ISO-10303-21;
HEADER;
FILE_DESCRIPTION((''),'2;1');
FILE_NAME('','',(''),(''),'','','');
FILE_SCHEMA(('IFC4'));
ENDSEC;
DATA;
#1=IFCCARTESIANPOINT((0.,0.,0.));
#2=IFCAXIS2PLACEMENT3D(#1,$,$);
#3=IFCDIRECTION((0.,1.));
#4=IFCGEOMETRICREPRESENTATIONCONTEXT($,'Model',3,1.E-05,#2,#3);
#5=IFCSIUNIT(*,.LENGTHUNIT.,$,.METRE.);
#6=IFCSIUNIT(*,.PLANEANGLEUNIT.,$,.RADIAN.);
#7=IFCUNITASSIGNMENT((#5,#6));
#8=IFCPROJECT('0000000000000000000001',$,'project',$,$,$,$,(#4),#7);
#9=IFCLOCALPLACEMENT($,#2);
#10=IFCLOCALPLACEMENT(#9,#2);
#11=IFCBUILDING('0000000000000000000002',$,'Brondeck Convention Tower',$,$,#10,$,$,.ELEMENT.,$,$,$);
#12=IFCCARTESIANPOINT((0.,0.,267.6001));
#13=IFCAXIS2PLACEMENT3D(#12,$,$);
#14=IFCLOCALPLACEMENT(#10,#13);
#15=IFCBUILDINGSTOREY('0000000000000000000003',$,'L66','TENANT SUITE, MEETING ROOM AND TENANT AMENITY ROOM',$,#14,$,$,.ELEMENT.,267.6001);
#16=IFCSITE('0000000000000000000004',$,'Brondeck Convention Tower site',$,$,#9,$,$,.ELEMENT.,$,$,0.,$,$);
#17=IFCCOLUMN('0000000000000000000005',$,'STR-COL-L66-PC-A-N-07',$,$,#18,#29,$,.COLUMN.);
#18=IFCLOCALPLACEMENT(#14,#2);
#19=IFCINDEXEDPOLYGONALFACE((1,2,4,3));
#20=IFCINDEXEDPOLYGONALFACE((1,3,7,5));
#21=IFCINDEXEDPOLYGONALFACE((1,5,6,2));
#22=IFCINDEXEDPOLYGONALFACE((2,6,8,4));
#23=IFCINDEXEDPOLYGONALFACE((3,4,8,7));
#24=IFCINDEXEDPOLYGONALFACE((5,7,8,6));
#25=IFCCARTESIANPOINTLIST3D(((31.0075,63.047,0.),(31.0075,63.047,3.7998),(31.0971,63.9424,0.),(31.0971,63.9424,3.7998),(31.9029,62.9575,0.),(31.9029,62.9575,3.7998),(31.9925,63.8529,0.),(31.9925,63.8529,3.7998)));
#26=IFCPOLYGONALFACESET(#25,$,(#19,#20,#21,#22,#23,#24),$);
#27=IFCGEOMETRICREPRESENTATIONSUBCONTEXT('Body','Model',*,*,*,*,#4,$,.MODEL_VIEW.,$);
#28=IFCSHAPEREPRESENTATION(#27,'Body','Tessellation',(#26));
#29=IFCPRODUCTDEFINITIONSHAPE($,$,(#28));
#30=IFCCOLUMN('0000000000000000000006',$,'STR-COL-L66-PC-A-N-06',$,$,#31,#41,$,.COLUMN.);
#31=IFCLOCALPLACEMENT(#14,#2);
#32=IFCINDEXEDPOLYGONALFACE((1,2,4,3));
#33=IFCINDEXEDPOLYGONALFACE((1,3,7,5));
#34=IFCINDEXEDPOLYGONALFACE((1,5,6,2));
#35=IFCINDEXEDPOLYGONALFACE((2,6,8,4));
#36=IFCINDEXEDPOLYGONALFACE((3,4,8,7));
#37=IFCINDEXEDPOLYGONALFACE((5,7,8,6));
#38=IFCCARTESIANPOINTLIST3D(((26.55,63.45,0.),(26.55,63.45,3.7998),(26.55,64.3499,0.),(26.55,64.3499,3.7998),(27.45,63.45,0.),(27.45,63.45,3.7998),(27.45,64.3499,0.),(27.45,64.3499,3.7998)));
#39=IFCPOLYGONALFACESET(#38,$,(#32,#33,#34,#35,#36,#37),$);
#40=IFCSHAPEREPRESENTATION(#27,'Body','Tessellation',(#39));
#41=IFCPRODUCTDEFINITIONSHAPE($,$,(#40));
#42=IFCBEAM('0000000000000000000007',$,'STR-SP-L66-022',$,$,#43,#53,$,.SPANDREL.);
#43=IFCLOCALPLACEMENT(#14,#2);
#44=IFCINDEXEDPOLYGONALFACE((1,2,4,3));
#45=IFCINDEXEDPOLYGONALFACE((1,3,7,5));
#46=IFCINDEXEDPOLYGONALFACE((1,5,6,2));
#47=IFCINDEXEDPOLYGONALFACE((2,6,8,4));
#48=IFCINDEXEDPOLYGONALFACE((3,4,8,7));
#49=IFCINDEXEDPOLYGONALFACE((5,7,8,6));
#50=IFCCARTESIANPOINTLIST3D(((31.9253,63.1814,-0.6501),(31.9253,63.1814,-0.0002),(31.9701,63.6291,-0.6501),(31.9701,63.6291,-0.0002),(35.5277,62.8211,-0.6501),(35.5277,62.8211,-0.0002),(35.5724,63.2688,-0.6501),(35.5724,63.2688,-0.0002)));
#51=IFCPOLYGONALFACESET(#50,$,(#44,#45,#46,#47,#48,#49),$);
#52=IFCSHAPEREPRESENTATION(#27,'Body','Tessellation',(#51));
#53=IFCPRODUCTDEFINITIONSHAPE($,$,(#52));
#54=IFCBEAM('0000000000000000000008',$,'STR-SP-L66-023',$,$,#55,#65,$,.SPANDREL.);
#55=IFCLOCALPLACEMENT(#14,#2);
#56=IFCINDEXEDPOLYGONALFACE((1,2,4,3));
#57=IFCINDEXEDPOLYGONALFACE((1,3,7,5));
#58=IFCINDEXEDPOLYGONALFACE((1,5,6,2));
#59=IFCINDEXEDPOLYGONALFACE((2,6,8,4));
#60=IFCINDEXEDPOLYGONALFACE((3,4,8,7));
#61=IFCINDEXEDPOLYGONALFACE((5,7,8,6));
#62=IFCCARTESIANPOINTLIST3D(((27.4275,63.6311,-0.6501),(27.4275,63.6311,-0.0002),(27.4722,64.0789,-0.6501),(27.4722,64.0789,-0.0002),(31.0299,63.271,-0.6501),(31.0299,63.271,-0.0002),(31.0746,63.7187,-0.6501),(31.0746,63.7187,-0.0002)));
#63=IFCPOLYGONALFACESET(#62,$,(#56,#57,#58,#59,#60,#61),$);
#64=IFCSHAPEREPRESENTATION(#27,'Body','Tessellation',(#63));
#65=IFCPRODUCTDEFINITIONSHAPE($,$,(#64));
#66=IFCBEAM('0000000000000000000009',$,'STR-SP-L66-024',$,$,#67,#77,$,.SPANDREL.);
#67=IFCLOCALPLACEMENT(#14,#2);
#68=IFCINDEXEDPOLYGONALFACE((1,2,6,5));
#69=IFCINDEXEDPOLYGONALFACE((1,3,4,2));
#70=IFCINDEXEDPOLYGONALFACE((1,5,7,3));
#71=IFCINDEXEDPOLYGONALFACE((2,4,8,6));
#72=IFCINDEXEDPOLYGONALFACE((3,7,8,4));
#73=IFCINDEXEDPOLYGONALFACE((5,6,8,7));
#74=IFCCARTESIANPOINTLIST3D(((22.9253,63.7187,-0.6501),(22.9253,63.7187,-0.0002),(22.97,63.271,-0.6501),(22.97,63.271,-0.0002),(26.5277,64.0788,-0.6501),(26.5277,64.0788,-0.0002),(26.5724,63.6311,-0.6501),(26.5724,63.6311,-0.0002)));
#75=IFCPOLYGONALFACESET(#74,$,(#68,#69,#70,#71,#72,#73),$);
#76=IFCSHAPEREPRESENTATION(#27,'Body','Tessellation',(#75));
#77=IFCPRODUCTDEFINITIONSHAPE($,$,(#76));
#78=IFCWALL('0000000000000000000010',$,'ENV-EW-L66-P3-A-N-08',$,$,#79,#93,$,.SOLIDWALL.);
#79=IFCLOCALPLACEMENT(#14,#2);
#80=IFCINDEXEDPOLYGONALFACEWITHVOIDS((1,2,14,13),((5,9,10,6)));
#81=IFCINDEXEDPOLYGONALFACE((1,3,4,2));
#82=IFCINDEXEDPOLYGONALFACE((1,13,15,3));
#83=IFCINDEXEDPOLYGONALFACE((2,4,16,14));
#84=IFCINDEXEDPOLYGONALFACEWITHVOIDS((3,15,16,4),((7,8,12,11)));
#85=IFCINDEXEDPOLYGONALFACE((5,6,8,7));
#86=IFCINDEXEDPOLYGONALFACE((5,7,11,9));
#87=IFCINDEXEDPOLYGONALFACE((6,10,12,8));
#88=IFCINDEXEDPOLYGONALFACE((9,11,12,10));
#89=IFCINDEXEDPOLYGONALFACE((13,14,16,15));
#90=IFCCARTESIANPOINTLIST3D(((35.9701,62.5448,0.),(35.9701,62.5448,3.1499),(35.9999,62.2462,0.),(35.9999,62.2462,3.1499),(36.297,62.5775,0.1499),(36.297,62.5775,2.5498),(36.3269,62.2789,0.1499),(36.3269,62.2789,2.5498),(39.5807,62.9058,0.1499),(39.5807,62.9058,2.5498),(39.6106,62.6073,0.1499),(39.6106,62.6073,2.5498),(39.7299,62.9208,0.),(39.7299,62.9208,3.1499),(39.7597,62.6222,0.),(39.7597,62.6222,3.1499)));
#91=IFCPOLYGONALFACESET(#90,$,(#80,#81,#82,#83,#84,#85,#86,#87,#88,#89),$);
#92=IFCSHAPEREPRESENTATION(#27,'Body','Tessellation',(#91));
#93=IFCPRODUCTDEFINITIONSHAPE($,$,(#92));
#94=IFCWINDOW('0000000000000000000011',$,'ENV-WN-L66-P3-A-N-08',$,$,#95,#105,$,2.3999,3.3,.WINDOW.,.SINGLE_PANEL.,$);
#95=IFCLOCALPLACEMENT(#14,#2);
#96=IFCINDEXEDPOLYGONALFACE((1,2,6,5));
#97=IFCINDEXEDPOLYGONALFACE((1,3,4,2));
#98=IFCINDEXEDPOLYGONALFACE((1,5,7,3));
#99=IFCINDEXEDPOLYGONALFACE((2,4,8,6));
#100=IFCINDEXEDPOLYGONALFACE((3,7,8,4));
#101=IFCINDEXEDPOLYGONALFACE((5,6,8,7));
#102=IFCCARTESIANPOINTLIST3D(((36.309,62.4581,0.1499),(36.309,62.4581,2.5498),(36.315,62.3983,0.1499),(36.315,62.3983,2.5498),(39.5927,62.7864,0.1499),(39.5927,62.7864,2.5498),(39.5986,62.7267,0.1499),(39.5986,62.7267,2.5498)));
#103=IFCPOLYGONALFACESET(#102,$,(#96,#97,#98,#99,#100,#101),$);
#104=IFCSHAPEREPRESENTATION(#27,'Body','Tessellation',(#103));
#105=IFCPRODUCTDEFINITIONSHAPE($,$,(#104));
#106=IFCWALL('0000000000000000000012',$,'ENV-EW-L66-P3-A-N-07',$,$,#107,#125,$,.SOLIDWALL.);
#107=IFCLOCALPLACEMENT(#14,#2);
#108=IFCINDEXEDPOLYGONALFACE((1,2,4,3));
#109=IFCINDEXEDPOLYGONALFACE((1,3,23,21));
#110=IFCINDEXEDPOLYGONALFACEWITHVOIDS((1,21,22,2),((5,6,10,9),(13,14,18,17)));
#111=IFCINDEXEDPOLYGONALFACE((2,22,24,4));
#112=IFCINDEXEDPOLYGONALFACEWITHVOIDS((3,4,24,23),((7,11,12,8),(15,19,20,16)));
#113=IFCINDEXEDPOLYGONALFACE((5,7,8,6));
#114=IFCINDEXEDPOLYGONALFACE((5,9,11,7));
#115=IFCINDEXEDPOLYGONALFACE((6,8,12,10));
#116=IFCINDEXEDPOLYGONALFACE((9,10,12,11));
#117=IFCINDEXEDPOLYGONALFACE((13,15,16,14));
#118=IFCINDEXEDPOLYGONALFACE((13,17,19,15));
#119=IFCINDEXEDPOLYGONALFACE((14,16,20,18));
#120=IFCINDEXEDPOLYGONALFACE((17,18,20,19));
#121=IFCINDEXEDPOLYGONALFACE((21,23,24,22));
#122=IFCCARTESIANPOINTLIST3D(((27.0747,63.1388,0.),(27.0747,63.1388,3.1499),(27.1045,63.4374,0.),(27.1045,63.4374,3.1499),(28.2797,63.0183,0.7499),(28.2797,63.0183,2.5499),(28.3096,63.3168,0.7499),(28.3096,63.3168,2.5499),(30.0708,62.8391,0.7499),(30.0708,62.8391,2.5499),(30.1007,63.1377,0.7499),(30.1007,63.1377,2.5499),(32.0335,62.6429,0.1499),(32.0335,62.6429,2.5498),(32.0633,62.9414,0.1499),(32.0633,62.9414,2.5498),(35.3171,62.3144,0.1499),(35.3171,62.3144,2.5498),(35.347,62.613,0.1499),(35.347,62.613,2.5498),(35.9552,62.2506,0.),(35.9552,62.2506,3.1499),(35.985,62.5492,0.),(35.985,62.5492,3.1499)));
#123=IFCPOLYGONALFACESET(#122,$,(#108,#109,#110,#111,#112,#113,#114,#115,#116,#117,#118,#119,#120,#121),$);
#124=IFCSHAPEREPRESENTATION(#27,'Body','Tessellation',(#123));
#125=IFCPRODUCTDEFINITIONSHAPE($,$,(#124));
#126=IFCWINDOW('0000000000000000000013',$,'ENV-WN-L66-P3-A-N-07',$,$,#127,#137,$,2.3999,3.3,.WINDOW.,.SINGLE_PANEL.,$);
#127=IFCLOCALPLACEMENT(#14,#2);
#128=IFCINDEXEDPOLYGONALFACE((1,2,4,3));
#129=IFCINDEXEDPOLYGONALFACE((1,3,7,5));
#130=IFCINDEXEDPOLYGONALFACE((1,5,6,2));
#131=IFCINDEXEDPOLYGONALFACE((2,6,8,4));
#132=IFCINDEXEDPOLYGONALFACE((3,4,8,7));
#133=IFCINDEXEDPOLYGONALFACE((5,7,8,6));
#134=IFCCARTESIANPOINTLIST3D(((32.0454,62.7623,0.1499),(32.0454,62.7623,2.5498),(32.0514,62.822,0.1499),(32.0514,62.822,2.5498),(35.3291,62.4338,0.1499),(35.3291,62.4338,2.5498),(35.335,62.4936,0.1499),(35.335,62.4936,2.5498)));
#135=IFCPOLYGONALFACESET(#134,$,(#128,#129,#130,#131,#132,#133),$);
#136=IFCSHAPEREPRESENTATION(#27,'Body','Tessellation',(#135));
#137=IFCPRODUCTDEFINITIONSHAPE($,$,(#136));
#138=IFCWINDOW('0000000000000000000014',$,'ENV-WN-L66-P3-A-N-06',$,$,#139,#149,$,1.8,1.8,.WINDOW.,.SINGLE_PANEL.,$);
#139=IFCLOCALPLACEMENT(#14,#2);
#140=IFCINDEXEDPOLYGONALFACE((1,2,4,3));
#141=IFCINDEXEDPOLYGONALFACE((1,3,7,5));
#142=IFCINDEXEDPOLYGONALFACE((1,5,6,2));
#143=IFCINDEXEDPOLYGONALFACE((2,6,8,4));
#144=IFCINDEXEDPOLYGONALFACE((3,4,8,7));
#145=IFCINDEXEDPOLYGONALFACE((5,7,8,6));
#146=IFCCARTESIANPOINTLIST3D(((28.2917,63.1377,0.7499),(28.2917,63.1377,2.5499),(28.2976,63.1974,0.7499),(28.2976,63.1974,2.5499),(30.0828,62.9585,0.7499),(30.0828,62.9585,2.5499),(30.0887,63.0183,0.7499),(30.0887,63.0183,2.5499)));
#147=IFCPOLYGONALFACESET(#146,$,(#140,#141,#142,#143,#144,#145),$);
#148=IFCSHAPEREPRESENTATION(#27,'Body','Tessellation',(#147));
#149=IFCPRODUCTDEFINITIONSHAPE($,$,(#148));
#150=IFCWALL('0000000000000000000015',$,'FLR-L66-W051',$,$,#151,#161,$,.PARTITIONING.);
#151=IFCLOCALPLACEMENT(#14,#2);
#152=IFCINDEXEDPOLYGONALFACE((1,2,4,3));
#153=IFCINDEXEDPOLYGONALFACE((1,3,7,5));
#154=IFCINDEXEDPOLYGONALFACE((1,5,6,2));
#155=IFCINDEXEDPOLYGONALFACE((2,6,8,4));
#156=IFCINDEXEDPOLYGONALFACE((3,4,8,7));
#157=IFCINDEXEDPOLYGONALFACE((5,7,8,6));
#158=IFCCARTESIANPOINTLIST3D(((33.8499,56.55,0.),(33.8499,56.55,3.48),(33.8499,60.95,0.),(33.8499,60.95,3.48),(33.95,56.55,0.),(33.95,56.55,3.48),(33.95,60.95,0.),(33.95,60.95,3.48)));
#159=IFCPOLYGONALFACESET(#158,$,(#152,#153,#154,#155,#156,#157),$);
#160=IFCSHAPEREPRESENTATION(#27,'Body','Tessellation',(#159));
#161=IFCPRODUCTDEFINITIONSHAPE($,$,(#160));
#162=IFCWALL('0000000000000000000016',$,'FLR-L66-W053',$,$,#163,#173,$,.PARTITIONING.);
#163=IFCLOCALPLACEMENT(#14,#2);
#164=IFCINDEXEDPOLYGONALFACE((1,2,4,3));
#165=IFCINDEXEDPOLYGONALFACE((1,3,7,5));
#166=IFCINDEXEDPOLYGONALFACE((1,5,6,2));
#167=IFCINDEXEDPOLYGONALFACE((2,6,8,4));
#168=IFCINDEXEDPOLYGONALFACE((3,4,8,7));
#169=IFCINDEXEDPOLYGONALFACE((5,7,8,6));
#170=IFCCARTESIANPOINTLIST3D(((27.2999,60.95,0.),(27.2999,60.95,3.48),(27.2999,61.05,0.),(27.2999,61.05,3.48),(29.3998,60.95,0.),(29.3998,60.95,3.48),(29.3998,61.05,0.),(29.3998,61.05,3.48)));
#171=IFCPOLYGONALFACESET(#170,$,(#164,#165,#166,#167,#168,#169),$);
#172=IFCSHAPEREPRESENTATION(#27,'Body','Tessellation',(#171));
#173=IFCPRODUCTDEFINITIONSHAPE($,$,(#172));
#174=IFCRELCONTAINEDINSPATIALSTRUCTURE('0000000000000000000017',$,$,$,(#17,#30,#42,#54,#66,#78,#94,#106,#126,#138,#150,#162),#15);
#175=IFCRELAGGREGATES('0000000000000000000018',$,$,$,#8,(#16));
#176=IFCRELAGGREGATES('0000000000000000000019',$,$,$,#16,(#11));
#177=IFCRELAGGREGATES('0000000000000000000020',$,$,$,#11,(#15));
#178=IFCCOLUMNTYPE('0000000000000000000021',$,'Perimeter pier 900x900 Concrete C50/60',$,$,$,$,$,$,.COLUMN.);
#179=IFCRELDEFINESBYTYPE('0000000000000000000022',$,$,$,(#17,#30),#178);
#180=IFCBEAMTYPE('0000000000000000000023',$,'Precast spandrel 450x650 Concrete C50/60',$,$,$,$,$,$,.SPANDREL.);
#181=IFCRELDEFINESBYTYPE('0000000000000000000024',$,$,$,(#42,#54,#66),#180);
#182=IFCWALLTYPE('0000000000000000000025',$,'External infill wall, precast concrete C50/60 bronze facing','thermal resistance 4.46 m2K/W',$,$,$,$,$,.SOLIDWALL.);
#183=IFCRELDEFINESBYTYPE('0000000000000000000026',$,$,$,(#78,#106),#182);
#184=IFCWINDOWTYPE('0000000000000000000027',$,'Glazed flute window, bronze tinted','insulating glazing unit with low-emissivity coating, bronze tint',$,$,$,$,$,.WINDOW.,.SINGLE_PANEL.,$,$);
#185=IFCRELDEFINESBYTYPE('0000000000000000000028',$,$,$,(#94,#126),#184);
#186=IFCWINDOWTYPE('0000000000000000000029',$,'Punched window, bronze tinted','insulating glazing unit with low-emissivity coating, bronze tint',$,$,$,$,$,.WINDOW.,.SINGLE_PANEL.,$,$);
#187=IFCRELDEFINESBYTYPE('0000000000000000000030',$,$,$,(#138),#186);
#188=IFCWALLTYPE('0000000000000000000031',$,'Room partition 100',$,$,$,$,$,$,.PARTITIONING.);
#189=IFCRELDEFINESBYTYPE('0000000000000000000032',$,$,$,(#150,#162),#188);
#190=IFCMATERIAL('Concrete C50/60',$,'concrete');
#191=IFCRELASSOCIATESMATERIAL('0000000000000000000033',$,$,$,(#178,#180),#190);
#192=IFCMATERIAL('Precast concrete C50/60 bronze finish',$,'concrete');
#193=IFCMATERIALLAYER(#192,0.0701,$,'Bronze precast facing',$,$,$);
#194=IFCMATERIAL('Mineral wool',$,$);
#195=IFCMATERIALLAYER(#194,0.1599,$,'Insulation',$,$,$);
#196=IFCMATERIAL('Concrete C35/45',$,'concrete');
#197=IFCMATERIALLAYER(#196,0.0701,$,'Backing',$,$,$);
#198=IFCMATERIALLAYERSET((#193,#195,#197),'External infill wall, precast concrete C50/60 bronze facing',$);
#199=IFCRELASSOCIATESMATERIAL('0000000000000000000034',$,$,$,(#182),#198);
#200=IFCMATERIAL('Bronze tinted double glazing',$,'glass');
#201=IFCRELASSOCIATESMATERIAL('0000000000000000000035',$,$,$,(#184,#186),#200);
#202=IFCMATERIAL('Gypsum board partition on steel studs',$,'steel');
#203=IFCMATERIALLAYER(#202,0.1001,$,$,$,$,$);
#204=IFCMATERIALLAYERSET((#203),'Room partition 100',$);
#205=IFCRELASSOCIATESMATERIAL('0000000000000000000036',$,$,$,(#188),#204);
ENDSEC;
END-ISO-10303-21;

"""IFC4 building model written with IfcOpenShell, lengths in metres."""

from ifc_helpers import new_model, si_unit, direction, frame, frame_2d, origin, origin_2d, place, context, subcontext, project, spatial, rectangle, extrude, material, layer, layer_set, material_profile, profile_set, type_object, element, fill, save


model = new_model("IFC4")

# Units and contexts
model_context = context("Model", 3, precision=1e-05, world=origin(), true_north=direction((0.0, 1.0)))
body_context = subcontext(model_context, "Body", "Model", "MODEL_VIEW")
ifc_project = project(units=[si_unit("LENGTHUNIT", "METRE"), si_unit("PLANEANGLEUNIT", "RADIAN")], contexts=[model_context])

# Site, building, storey
site_placement = place(None, origin())
site = spatial("IfcSite", under=ifc_project, at=site_placement, Name="Brondeck Convention Tower site", CompositionType="ELEMENT", RefElevation=0.0)
building_placement = place(site_placement, origin())
building = spatial("IfcBuilding", under=site, at=building_placement, Name="Brondeck Convention Tower", CompositionType="ELEMENT")
storey_placement = place(building_placement, frame((0.0, 0.0, 267.6001)))
storey = spatial("IfcBuildingStorey", under=building, at=storey_placement, Name="L66", Description="TENANT SUITE, MEETING ROOM AND TENANT AMENITY ROOM", CompositionType="ELEMENT", Elevation=267.6001)

# Columns
ifc_material_1 = material(Name="Concrete C50/60", Category="concrete")
ifc_material_profile_1 = material_profile(ifc_material_1, rectangle(XDim=0.8999, YDim=0.8999, at=origin_2d()), Name="Perimeter pier 900x900 Concrete C50/60")
ifc_profile_set_1 = profile_set([ifc_material_profile_1], Name="Concrete C50/60")
column_type = type_object("IfcColumnType", Name="Perimeter pier 900x900 Concrete C50/60", PredefinedType="COLUMN", material=ifc_profile_set_1)
for number, where, z_axis, x_axis, name in (
    (1, (31.5, 63.45, 0.0), (0.0, 0.0, 1.0), (-0.995037, 0.099504, 0.0), "STR-COL-L66-PC-A-N-07"),
    (2, (27.0, 63.8999, 0.0), (0.0, 0.0, 1.0), (-1.0, 0.0, 0.0), "STR-COL-L66-PC-A-N-06"),
):
    element("IfcColumn", number, at=place(storey_placement, frame(where, z_axis=z_axis, x_axis=x_axis)), inside=storey, type_object=column_type, Name=name, PredefinedType="COLUMN", context=body_context, shape_type="SweptSolid", body=[
        extrude(rectangle(XDim=0.8999, YDim=0.8999, at=origin_2d()), origin(), (0.0, 0.0, 1.0), 3.7998),
    ])

# Beams
ifc_material_profile_2 = material_profile(ifc_material_1, rectangle(XDim=0.45, YDim=0.6499, at=origin_2d()), Name="Precast spandrel 450x650 Concrete C50/60")
ifc_profile_set_2 = profile_set([ifc_material_profile_2], Name="Concrete C50/60")
beam_type = type_object("IfcBeamType", Name="Precast spandrel 450x650 Concrete C50/60", PredefinedType="SPANDREL", material=ifc_profile_set_2)
for number, where, z_axis, x_axis, name in (
    (3, (35.55, 63.0449, -0.3252), (-0.995034, 0.099537, 0.0), (-0.099537, -0.995034, 0.0), "STR-SP-L66-022"),
    (4, (31.0522, 63.4949, -0.3252), (-0.995041, 0.09947, 0.0), (-0.09947, -0.995041, 0.0), "STR-SP-L66-023"),
    (5, (26.55, 63.855, -0.3252), (-0.995041, -0.09947, 0.0), (0.09947, -0.995041, 0.0), "STR-SP-L66-024"),
):
    element("IfcBeam", number, at=place(storey_placement, frame(where, z_axis=z_axis, x_axis=x_axis)), inside=storey, type_object=beam_type, Name=name, PredefinedType="SPANDREL", context=body_context, shape_type="SweptSolid", body=[
        extrude(rectangle(XDim=0.45, YDim=0.6499, at=origin_2d()), origin(), (0.0, 0.0, 1.0), 3.6204),
    ])

# Wall, opening, window
ifc_material_2 = material(Name="Precast concrete C50/60 bronze finish", Category="concrete")
ifc_layer_1 = layer(ifc_material_2, 0.0701, Name="Bronze precast facing")
ifc_material_3 = material(Name="Mineral wool")
ifc_layer_2 = layer(ifc_material_3, 0.1599, Name="Insulation")
ifc_material_4 = material(Name="Concrete C35/45", Category="concrete")
ifc_layer_3 = layer(ifc_material_4, 0.0701, Name="Backing")
ifc_layer_set_1 = layer_set([ifc_layer_1, ifc_layer_2, ifc_layer_3], Name="External infill wall, precast concrete C50/60 bronze facing")
wall_type_1 = type_object("IfcWallType", Name="External infill wall, precast concrete C50/60 bronze facing", Description="thermal resistance 4.46 m2K/W", PredefinedType="SOLIDWALL", material=ifc_layer_set_1)
wall_1_placement = place(storey_placement, frame((35.9851, 62.3955, 0.0), z_axis=(0.0, 0.0, 1.0), x_axis=(0.995037, 0.099504, 0.0)))
wall_1 = element("IfcWall", 6, at=wall_1_placement, inside=storey, type_object=wall_type_1, Name="ENV-EW-L66-P3-A-N-08", PredefinedType="SOLIDWALL", context=body_context, shape_type="SweptSolid", body=[
    extrude(rectangle(XDim=3.7786, YDim=0.3, at=frame_2d((1.8892, 0.0))), origin(), (0.0, 0.0, 1.0), 3.1499),
])
opening_1_placement = place(wall_1_placement, frame((0.3286, 0.0, 0.1499)))
opening_1 = element("IfcOpeningElement", 7, at=opening_1_placement, cuts=wall_1, PredefinedType="OPENING", context=body_context, shape_type="SweptSolid", body=[
    extrude(rectangle(XDim=3.3, YDim=2.3999, at=frame_2d((1.6499, 1.2))), frame((0.0, 0.1599, 0.0), z_axis=(0.0, -1.0, 0.0), x_axis=(1.0, 0.0, 0.0)), (0.0, 0.0, 1.0), 0.3201),
])
ifc_material_5 = material(Name="Bronze tinted double glazing", Category="glass")
window_type_1 = type_object("IfcWindowType", Name="Glazed flute window, bronze tinted", Description="insulating glazing unit with low-emissivity coating, bronze tint", PartitioningType="SINGLE_PANEL", PredefinedType="WINDOW", material=ifc_material_5)
window_1_placement = place(opening_1_placement, origin())
window_1 = element("IfcWindow", 8, at=window_1_placement, inside=storey, type_object=window_type_1, Name="ENV-WN-L66-P3-A-N-08", OverallHeight=2.3999, OverallWidth=3.3, PartitioningType="SINGLE_PANEL", PredefinedType="WINDOW", context=body_context, shape_type="SweptSolid", body=[
    extrude(rectangle(XDim=3.3, YDim=2.3999, at=frame_2d((1.6499, 1.2))), frame((0.0, 0.03, 0.0), z_axis=(0.0, -1.0, 0.0), x_axis=(1.0, 0.0, 0.0)), (0.0, 0.0, 1.0), 0.0601),
])
fill(opening_1, window_1)

# Wall, openings, windows
wall_2_placement = place(storey_placement, frame((27.0896, 63.2881, 0.0), z_axis=(0.0, 0.0, 1.0), x_axis=(0.995036, -0.099517, 0.0)))
wall_2 = element("IfcWall", 9, at=wall_2_placement, inside=storey, type_object=wall_type_1, Name="ENV-EW-L66-P3-A-N-07", PredefinedType="SOLIDWALL", context=body_context, shape_type="SweptSolid", body=[
    extrude(rectangle(XDim=8.9248, YDim=0.3, at=frame_2d((4.4624, 0.0))), origin(), (0.0, 0.0, 1.0), 3.1499),
])
opening_2_placement = place(wall_2_placement, frame((1.2112, 0.0, 0.75)))
opening_2 = element("IfcOpeningElement", 10, at=opening_2_placement, cuts=wall_2, PredefinedType="OPENING", context=body_context, shape_type="SweptSolid", body=[
    extrude(rectangle(XDim=1.8, YDim=1.8, at=frame_2d((0.8999, 0.8999))), frame((0.0, 0.1599, 0.0), z_axis=(0.0, -1.0, 0.0), x_axis=(1.0, 0.0, 0.0)), (0.0, 0.0, 1.0), 0.3201),
])
opening_3_placement = place(wall_2_placement, frame((4.9836, 0.0, 0.1499)))
opening_3 = element("IfcOpeningElement", 11, at=opening_3_placement, cuts=wall_2, PredefinedType="OPENING", context=body_context, shape_type="SweptSolid", body=[
    extrude(rectangle(XDim=3.3, YDim=2.3999, at=frame_2d((1.6499, 1.2))), frame((0.0, 0.1599, 0.0), z_axis=(0.0, -1.0, 0.0), x_axis=(1.0, 0.0, 0.0)), (0.0, 0.0, 1.0), 0.3201),
])
window_2_placement = place(opening_3_placement, origin())
window_2 = element("IfcWindow", 12, at=window_2_placement, inside=storey, type_object=window_type_1, Name="ENV-WN-L66-P3-A-N-07", OverallHeight=2.3999, OverallWidth=3.3, PartitioningType="SINGLE_PANEL", PredefinedType="WINDOW", context=body_context, shape_type="SweptSolid", body=[
    extrude(rectangle(XDim=3.3, YDim=2.3999, at=frame_2d((1.6499, 1.2))), frame((0.0, 0.03, 0.0), z_axis=(0.0, -1.0, 0.0), x_axis=(1.0, 0.0, 0.0)), (0.0, 0.0, 1.0), 0.0601),
])
fill(opening_3, window_2)
window_type_2 = type_object("IfcWindowType", Name="Punched window, bronze tinted", Description="insulating glazing unit with low-emissivity coating, bronze tint", PartitioningType="SINGLE_PANEL", PredefinedType="WINDOW", material=ifc_material_5)
window_3_placement = place(opening_2_placement, origin())
window_3 = element("IfcWindow", 13, at=window_3_placement, inside=storey, type_object=window_type_2, Name="ENV-WN-L66-P3-A-N-06", OverallHeight=1.8, OverallWidth=1.8, PartitioningType="SINGLE_PANEL", PredefinedType="WINDOW", context=body_context, shape_type="SweptSolid", body=[
    extrude(rectangle(XDim=1.8, YDim=1.8, at=frame_2d((0.8999, 0.8999))), frame((0.0, 0.03, 0.0), z_axis=(0.0, -1.0, 0.0), x_axis=(1.0, 0.0, 0.0)), (0.0, 0.0, 1.0), 0.0601),
])
fill(opening_2, window_3)

# Walls
ifc_material_6 = material(Name="Gypsum board partition on steel studs", Category="steel")
ifc_layer_4 = layer(ifc_material_6, 0.1001)
ifc_layer_set_2 = layer_set([ifc_layer_4], Name="Room partition 100")
wall_type_2 = type_object("IfcWallType", Name="Room partition 100", PredefinedType="PARTITIONING", material=ifc_layer_set_2)
wall_3_placement = place(storey_placement, frame((33.8999, 60.95, 0.0), z_axis=(0.0, 0.0, 1.0), x_axis=(0.0, -1.0, 0.0)))
element("IfcWall", 14, at=wall_3_placement, inside=storey, type_object=wall_type_2, Name="FLR-L66-W051", PredefinedType="PARTITIONING", context=body_context, shape_type="SweptSolid", body=[
    extrude(rectangle(XDim=4.3999, YDim=0.1001, at=frame_2d((2.2, 0.0))), origin(), (0.0, 0.0, 1.0), 3.48),
])
wall_4_placement = place(storey_placement, frame((27.3, 61.0, 0.0), z_axis=(0.0, 0.0, 1.0), x_axis=(1.0, 0.0, 0.0)))
element("IfcWall", 15, at=wall_4_placement, inside=storey, type_object=wall_type_2, Name="FLR-L66-W053", PredefinedType="PARTITIONING", context=body_context, shape_type="SweptSolid", body=[
    extrude(rectangle(XDim=2.0999, YDim=0.1001, at=frame_2d((1.0498, 0.0))), origin(), (0.0, 0.0, 1.0), 3.48),
])

save(model, "model.ifc")
